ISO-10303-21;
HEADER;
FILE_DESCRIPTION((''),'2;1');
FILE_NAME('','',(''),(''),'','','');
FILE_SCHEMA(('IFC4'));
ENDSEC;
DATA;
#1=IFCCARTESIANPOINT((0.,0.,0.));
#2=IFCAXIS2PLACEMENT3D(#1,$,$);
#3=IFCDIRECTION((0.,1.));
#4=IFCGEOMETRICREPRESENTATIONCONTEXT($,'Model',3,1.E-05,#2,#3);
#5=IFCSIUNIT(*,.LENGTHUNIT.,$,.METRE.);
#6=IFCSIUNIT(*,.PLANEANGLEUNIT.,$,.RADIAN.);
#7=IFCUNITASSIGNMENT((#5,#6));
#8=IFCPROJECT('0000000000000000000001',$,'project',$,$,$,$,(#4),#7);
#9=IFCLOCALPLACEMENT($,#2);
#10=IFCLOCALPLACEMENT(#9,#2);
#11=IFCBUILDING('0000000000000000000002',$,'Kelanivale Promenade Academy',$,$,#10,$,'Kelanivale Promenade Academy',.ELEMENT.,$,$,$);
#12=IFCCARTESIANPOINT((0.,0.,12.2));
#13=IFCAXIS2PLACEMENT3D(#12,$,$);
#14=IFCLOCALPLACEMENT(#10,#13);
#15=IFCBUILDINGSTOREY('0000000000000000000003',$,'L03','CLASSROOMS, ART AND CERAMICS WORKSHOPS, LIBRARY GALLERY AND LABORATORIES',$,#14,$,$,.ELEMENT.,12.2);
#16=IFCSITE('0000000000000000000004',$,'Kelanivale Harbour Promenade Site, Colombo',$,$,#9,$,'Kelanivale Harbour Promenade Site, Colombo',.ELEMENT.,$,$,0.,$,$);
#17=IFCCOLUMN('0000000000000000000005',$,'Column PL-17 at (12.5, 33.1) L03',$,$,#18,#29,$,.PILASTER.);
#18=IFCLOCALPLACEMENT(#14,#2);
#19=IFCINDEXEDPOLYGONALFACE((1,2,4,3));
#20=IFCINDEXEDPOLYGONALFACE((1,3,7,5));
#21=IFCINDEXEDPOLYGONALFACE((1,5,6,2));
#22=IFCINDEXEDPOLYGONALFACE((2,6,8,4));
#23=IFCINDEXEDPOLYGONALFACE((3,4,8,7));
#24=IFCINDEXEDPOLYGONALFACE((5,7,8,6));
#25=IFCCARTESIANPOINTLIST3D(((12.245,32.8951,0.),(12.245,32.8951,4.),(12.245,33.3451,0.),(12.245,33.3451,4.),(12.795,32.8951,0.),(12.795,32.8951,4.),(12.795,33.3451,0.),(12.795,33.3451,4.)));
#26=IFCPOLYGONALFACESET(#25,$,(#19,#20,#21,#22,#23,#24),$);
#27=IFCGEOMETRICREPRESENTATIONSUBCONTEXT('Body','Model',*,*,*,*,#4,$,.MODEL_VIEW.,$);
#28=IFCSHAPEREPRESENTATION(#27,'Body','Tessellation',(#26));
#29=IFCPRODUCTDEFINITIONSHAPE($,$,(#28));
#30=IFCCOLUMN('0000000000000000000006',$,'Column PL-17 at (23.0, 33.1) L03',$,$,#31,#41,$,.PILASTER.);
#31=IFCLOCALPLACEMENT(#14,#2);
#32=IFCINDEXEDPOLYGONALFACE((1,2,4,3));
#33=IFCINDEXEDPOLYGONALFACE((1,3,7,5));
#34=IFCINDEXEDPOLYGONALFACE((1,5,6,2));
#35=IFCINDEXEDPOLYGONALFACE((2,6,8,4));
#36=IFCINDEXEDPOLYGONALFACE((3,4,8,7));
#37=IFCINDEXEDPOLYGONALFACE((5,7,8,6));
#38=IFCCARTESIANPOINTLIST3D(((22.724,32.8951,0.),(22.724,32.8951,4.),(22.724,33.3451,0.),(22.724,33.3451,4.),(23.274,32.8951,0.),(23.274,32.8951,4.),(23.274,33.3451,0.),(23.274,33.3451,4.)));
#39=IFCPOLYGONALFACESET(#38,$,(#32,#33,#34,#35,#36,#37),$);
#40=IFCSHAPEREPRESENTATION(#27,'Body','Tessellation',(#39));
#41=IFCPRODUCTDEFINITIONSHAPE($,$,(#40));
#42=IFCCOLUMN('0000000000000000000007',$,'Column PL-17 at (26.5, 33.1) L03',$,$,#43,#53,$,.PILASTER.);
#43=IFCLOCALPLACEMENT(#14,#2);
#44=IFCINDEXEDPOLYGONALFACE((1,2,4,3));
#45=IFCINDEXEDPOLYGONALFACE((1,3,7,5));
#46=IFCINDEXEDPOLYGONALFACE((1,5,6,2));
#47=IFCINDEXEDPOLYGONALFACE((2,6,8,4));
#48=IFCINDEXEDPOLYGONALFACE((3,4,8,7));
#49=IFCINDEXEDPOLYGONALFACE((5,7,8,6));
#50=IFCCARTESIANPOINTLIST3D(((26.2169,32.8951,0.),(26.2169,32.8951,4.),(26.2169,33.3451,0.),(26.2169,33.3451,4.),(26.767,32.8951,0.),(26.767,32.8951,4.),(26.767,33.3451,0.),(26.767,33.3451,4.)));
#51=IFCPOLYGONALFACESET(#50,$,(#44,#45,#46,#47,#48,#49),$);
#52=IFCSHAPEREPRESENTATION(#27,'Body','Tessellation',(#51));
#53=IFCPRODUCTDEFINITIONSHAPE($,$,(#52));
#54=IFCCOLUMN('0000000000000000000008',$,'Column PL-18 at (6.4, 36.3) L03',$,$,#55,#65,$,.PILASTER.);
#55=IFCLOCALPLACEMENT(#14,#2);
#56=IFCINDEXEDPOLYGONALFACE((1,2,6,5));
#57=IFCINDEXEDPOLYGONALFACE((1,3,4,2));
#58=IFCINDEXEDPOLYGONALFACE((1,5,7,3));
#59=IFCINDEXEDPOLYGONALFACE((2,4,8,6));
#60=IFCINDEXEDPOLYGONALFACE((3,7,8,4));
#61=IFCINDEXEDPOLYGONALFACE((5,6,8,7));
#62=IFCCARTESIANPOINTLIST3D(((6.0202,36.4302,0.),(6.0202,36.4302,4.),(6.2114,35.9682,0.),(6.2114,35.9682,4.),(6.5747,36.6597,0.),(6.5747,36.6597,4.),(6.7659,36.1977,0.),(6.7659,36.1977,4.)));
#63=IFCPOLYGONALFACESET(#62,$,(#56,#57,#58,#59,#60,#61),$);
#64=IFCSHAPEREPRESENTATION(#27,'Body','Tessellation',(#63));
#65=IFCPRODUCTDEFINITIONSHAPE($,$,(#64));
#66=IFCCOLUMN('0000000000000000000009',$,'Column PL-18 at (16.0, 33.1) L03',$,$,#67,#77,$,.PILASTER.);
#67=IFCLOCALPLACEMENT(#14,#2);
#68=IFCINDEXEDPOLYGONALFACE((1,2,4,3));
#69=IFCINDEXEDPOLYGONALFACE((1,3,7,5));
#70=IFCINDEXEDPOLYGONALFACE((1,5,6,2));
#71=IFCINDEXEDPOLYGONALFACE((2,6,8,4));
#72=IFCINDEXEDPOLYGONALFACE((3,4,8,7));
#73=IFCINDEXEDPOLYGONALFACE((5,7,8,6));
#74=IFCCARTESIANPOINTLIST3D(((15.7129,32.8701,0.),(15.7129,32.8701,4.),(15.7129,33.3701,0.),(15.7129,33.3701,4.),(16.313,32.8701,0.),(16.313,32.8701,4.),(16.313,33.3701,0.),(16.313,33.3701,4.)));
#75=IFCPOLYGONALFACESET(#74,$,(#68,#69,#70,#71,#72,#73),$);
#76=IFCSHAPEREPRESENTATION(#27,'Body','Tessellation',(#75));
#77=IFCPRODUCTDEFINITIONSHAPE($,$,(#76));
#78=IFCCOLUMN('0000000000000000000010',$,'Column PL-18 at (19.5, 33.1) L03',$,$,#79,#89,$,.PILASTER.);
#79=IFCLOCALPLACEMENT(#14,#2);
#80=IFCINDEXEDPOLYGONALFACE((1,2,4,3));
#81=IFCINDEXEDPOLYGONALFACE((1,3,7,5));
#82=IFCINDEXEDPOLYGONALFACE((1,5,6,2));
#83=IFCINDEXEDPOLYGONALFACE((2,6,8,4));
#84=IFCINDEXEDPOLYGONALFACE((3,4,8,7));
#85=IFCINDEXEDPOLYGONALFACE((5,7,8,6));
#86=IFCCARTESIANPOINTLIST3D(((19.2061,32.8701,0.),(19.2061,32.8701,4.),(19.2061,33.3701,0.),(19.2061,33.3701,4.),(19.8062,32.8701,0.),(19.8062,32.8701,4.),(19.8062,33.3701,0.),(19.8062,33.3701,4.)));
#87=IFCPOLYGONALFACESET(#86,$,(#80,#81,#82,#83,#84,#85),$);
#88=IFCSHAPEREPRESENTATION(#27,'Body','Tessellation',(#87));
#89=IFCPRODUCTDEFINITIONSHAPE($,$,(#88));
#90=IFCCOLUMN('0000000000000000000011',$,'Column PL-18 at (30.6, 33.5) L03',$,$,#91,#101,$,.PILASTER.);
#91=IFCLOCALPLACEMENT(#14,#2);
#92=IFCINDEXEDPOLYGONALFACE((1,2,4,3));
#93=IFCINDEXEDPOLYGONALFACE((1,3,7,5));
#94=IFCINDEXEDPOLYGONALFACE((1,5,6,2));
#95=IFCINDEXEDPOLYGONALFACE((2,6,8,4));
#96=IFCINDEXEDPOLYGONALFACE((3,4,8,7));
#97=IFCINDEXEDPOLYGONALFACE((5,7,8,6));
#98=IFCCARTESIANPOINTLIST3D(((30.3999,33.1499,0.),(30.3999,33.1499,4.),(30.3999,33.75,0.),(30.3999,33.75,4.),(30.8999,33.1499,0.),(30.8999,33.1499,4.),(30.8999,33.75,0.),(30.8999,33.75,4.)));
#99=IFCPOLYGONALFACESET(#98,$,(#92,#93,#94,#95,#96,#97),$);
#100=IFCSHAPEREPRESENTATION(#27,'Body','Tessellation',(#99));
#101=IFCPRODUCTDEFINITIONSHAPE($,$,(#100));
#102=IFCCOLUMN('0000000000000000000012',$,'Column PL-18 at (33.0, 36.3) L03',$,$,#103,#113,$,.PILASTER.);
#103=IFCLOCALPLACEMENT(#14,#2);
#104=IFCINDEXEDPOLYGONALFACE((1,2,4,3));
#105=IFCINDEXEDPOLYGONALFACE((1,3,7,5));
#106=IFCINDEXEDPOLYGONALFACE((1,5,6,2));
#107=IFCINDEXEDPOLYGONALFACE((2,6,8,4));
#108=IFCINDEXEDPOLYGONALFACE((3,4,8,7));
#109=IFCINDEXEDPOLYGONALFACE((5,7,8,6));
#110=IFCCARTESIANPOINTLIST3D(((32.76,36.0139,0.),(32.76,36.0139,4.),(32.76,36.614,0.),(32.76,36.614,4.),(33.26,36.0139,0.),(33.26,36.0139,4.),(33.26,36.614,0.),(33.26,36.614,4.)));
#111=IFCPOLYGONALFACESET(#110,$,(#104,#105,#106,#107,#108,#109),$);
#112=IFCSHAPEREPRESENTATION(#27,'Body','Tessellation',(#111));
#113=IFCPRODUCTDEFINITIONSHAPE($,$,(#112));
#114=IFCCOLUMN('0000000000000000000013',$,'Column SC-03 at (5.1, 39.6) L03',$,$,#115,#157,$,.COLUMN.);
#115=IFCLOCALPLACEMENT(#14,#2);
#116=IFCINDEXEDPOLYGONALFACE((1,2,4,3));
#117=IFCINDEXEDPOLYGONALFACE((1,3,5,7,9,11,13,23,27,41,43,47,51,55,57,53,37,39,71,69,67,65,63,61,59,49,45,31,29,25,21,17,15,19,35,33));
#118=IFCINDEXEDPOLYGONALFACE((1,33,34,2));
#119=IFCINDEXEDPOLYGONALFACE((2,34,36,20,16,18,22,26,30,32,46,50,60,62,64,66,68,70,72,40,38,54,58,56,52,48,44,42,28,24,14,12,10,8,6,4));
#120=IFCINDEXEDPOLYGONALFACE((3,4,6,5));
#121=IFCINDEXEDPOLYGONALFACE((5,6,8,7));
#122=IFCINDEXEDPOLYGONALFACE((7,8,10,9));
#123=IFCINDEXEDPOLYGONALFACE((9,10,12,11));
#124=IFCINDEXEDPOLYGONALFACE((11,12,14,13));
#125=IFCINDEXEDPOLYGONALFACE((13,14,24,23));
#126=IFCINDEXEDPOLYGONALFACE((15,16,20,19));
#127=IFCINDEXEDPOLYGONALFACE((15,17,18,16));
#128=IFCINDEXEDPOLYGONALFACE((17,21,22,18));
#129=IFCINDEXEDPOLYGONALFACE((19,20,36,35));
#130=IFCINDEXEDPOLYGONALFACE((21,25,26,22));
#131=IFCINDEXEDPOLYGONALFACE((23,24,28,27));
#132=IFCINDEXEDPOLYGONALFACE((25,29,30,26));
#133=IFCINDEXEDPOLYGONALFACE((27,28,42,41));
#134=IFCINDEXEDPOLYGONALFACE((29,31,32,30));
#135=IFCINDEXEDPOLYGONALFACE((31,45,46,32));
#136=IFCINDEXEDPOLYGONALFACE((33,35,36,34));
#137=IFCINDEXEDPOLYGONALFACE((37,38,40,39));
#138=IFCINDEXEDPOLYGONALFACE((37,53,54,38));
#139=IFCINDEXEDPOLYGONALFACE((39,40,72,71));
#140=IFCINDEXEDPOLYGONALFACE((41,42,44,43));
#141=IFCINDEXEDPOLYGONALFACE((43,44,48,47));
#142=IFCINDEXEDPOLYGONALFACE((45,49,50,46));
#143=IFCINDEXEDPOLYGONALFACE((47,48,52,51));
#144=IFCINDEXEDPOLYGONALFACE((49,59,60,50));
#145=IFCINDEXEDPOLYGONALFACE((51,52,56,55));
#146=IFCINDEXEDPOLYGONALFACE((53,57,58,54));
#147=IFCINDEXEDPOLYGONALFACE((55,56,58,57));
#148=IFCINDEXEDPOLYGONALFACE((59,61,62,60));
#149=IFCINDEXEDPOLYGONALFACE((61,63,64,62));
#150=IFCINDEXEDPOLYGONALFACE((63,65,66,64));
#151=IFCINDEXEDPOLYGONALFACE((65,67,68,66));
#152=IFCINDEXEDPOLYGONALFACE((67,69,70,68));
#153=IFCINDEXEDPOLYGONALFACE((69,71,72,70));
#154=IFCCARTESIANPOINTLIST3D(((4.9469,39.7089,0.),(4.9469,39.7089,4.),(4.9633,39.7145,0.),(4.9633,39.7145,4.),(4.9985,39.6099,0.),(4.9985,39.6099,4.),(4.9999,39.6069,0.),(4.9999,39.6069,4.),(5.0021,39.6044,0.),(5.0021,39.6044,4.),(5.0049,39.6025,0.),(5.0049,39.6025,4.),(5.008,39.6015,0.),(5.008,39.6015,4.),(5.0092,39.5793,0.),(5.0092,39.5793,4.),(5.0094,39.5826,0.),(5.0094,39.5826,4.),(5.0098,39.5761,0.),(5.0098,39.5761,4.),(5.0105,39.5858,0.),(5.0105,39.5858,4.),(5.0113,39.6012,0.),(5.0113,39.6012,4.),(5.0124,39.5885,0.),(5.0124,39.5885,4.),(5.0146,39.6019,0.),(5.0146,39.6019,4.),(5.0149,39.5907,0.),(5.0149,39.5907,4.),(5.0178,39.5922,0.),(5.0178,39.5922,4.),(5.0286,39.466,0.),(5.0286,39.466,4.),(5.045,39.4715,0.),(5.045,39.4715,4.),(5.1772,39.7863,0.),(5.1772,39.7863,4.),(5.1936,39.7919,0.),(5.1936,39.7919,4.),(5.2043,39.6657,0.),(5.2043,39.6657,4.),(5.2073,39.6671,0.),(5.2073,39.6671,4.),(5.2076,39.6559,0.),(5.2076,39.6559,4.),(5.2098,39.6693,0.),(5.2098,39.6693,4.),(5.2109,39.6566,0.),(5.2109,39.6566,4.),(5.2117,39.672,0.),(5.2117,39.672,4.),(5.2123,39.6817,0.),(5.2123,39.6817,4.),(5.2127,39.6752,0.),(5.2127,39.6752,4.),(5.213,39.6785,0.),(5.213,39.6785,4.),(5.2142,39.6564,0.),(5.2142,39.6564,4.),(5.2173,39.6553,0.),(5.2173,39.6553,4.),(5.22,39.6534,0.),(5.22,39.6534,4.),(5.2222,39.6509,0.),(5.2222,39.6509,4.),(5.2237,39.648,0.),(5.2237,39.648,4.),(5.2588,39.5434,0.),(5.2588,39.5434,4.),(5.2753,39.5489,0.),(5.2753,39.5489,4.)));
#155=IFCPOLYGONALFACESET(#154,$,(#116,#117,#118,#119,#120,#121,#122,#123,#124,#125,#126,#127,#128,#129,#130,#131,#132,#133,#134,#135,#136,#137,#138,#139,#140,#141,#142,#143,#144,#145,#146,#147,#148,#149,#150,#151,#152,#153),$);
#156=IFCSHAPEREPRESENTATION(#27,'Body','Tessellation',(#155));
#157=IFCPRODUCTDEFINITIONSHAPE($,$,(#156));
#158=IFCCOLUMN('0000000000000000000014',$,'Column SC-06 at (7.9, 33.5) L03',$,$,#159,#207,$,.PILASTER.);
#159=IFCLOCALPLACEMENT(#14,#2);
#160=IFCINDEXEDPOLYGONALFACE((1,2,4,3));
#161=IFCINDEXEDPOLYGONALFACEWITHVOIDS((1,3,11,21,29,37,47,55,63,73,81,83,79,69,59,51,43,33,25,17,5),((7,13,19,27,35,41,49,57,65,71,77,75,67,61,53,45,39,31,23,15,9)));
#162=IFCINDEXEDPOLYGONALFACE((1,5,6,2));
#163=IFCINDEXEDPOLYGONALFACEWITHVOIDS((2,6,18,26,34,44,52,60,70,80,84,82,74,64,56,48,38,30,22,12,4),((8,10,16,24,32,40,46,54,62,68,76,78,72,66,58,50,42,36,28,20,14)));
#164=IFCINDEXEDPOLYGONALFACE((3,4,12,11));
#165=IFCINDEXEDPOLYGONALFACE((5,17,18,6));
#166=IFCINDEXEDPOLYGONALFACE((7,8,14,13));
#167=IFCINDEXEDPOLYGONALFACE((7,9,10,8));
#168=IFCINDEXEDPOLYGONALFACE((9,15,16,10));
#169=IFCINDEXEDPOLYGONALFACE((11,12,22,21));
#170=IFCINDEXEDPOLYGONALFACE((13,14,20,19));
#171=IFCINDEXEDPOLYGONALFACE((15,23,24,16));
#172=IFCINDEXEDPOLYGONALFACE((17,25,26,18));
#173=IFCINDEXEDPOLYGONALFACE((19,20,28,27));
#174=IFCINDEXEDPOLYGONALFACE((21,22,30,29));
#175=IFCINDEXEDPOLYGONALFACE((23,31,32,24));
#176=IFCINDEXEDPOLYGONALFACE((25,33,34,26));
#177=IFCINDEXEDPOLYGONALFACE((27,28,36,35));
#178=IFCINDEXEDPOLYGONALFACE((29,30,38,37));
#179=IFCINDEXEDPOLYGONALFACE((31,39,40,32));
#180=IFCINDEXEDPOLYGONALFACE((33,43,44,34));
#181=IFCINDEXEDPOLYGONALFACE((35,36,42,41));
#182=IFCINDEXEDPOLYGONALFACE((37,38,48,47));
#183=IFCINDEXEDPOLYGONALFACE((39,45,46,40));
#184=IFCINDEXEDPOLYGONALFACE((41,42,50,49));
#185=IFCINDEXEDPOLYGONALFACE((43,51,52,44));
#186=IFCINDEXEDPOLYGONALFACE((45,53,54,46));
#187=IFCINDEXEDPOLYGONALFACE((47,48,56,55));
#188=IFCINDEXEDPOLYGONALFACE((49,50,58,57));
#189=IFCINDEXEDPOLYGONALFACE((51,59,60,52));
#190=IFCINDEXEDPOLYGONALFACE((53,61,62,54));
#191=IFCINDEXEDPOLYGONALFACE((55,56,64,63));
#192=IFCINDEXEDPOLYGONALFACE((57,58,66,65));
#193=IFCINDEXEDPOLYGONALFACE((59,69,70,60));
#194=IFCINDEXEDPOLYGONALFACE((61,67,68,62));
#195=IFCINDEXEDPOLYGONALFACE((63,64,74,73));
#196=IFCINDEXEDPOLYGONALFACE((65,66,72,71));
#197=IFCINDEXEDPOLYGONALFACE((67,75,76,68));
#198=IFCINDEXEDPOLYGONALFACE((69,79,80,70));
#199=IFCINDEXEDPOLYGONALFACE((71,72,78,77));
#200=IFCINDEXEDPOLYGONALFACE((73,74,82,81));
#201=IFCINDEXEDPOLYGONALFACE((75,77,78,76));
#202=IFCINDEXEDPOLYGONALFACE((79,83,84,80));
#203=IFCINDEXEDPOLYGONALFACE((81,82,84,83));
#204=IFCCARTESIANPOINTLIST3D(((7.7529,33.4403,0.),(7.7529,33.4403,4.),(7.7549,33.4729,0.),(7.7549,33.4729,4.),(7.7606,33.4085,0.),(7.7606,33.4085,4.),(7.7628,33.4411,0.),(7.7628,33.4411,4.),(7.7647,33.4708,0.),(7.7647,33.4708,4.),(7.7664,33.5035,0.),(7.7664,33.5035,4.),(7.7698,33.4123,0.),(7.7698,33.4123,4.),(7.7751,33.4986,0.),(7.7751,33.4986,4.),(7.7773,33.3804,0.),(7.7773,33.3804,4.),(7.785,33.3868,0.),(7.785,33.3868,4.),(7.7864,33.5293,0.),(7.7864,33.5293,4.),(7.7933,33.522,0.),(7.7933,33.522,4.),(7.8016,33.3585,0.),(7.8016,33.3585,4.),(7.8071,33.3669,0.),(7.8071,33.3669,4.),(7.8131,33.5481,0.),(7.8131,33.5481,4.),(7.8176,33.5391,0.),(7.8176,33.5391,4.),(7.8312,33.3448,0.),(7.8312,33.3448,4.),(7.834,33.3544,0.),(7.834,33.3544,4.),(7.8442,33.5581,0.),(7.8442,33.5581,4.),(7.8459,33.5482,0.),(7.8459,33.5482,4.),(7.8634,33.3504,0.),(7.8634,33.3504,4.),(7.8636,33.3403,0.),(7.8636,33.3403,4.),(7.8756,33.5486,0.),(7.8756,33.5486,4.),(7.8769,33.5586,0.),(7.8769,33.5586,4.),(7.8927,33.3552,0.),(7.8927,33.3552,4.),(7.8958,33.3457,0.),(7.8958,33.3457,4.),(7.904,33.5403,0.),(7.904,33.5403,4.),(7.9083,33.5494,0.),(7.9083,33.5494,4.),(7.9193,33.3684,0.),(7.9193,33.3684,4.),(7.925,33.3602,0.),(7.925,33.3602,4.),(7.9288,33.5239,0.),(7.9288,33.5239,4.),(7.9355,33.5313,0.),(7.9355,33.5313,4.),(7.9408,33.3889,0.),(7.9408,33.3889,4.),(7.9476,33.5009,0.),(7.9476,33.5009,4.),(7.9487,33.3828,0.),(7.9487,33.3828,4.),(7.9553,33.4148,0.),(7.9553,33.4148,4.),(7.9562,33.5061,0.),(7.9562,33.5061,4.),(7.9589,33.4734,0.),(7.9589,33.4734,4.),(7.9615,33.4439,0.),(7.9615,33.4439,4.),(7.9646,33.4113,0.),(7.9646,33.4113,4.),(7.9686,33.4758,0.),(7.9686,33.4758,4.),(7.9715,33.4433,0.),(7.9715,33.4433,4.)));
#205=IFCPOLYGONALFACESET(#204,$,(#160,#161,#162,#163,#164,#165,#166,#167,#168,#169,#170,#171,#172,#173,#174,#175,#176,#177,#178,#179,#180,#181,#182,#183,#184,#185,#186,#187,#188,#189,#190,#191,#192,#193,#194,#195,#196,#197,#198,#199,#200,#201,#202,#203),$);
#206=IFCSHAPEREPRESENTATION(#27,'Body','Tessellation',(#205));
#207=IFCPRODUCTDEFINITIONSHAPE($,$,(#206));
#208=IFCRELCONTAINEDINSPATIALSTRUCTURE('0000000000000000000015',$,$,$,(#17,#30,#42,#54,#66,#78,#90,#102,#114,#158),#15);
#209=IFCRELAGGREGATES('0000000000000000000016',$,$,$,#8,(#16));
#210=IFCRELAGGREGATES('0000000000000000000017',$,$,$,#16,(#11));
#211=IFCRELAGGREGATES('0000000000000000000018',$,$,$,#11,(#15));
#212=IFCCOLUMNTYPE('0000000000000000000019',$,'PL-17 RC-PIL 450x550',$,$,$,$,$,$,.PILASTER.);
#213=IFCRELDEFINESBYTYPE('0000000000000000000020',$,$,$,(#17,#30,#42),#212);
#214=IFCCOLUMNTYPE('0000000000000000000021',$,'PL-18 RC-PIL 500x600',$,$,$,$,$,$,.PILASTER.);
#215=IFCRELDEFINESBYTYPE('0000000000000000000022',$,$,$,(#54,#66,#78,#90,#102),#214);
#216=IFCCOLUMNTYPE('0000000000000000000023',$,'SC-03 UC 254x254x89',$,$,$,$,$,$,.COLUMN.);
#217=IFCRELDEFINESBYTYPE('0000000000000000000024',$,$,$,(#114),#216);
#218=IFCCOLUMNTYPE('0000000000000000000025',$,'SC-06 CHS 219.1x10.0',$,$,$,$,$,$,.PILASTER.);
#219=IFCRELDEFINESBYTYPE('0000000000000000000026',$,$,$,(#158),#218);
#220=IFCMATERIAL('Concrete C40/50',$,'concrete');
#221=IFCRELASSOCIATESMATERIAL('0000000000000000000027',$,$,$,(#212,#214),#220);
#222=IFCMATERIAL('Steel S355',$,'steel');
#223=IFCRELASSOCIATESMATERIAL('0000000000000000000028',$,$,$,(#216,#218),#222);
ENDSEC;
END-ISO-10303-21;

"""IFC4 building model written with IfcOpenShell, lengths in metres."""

from ifc_helpers import new_model, si_unit, direction, frame, origin, origin_2d, place, context, subcontext, project, spatial, rectangle, hollow_circle, i_section, extrude, material, material_profile, profile_set, type_object, element, save


model = new_model("IFC4")

# Units and contexts
model_context = context("Model", 3, precision=1e-05, world=origin(), true_north=direction((0.0, 1.0)))
body_context = subcontext(model_context, "Body", "Model", "MODEL_VIEW")
ifc_project = project(units=[si_unit("LENGTHUNIT", "METRE"), si_unit("PLANEANGLEUNIT", "RADIAN")], contexts=[model_context])

# Site, building, storey
site_placement = place(None, origin())
site = spatial("IfcSite", under=ifc_project, at=site_placement, Name="Kelanivale Harbour Promenade Site, Colombo", LongName="Kelanivale Harbour Promenade Site, Colombo", CompositionType="ELEMENT", RefElevation=0.0)
building_placement = place(site_placement, origin())
building = spatial("IfcBuilding", under=site, at=building_placement, Name="Kelanivale Promenade Academy", LongName="Kelanivale Promenade Academy", CompositionType="ELEMENT")
storey_placement = place(building_placement, frame((0.0, 0.0, 12.2)))
storey = spatial("IfcBuildingStorey", under=building, at=storey_placement, Name="L03", Description="CLASSROOMS, ART AND CERAMICS WORKSHOPS, LIBRARY GALLERY AND LABORATORIES", CompositionType="ELEMENT", Elevation=12.2)

# Columns
ifc_material_1 = material(Name="Concrete C40/50", Category="concrete")
ifc_material_profile_1 = material_profile(ifc_material_1, rectangle(XDim=0.45, YDim=0.55, at=origin_2d()), Name="RC-PIL 450x550")
ifc_profile_set_1 = profile_set([ifc_material_profile_1], Name="Concrete C40/50")
column_type_1 = type_object("IfcColumnType", Name="PL-17 RC-PIL 450x550", PredefinedType="PILASTER", material=ifc_profile_set_1)
for number, where, z_axis, x_axis, name in (
    (1, (12.52, 33.1201, 0.0), (0.0, 0.0, 1.0), (0.0, 1.0, 0.0), "Column PL-17 at (12.5, 33.1) L03"),
    (2, (22.999, 33.1201, 0.0), (0.0, 0.0, 1.0), (0.0, 1.0, 0.0), "Column PL-17 at (23.0, 33.1) L03"),
    (3, (26.4919, 33.1201, 0.0), (0.0, 0.0, 1.0), (0.0, 1.0, 0.0), "Column PL-17 at (26.5, 33.1) L03"),
):
    element("IfcColumn", number, at=place(storey_placement, frame(where, z_axis=z_axis, x_axis=x_axis)), inside=storey, type_object=column_type_1, Name=name, PredefinedType="PILASTER", context=body_context, shape_type="SweptSolid", body=[
        extrude(rectangle(XDim=0.45, YDim=0.55, at=origin_2d()), origin(), (0.0, 0.0, 1.0), 4.0),
    ])
ifc_material_profile_2 = material_profile(ifc_material_1, rectangle(XDim=0.5, YDim=0.6001, at=origin_2d()), Name="RC-PIL 500x600")
ifc_profile_set_2 = profile_set([ifc_material_profile_2], Name="Concrete C40/50")
column_type_2 = type_object("IfcColumnType", Name="PL-18 RC-PIL 500x600", PredefinedType="PILASTER", material=ifc_profile_set_2)
for number, where, z_axis, x_axis, name in (
    (4, (6.3931, 36.314, 0.0), (0.0, 0.0, 1.0), (-0.382361, 0.924013, 0.0), "Column PL-18 at (6.4, 36.3) L03"),
    (5, (16.0129, 33.1201, 0.0), (0.0, 0.0, 1.0), (0.0, 1.0, 0.0), "Column PL-18 at (16.0, 33.1) L03"),
    (6, (19.5061, 33.1201, 0.0), (0.0, 0.0, 1.0), (0.0, 1.0, 0.0), "Column PL-18 at (19.5, 33.1) L03"),
    (7, (30.6499, 33.45, 0.0), (0.0, 0.0, 1.0), (1.0, 0.0, 0.0), "Column PL-18 at (30.6, 33.5) L03"),
    (8, (33.01, 36.314, 0.0), (0.0, 0.0, 1.0), (1.0, 0.0, 0.0), "Column PL-18 at (33.0, 36.3) L03"),
):
    element("IfcColumn", number, at=place(storey_placement, frame(where, z_axis=z_axis, x_axis=x_axis)), inside=storey, type_object=column_type_2, Name=name, PredefinedType="PILASTER", context=body_context, shape_type="SweptSolid", body=[
        extrude(rectangle(XDim=0.5, YDim=0.6001, at=origin_2d()), origin(), (0.0, 0.0, 1.0), 4.0),
    ])
ifc_material_2 = material(Name="Steel S355", Category="steel")
ifc_material_profile_3 = material_profile(ifc_material_2, i_section(OverallWidth=0.2563, OverallDepth=0.2603, WebThickness=0.0103, FlangeThickness=0.0173, FilletRadius=0.0127, at=origin_2d()), Name="UC 254x254x89")
ifc_profile_set_3 = profile_set([ifc_material_profile_3], Name="Steel S355")
column_type_3 = type_object("IfcColumnType", Name="SC-03 UC 254x254x89", PredefinedType="COLUMN", material=ifc_profile_set_3)
column_1_placement = place(storey_placement, frame((5.1111, 39.6289, 0.0), z_axis=(0.0, 0.0, 1.0), x_axis=(-0.318628, 0.94788, 0.0)))
element("IfcColumn", 9, at=column_1_placement, inside=storey, type_object=column_type_3, Name="Column SC-03 at (5.1, 39.6) L03", PredefinedType="COLUMN", context=body_context, shape_type="SweptSolid", body=[
    extrude(i_section(OverallWidth=0.2563, OverallDepth=0.2603, WebThickness=0.0103, FlangeThickness=0.0173, FilletRadius=0.0127, at=origin_2d()), origin(), (0.0, 0.0, 1.0), 4.0),
])
ifc_material_profile_4 = material_profile(ifc_material_2, hollow_circle(Radius=0.1096, WallThickness=0.01, at=origin_2d()), Name="CHS 219.1x10.0")
ifc_profile_set_4 = profile_set([ifc_material_profile_4], Name="Steel S355")
column_type_4 = type_object("IfcColumnType", Name="SC-06 CHS 219.1x10.0", PredefinedType="PILASTER", material=ifc_profile_set_4)
column_2_placement = place(storey_placement, frame((7.8621, 33.45, 0.0), z_axis=(0.0, 0.0, 1.0), x_axis=(-0.446198, 0.894934, 0.0)))
element("IfcColumn", 10, at=column_2_placement, inside=storey, type_object=column_type_4, Name="Column SC-06 at (7.9, 33.5) L03", PredefinedType="PILASTER", context=body_context, shape_type="SweptSolid", body=[
    extrude(hollow_circle(Radius=0.1096, WallThickness=0.01, at=origin_2d()), origin(), (0.0, 0.0, 1.0), 4.0),
])

save(model, "model.ifc")
